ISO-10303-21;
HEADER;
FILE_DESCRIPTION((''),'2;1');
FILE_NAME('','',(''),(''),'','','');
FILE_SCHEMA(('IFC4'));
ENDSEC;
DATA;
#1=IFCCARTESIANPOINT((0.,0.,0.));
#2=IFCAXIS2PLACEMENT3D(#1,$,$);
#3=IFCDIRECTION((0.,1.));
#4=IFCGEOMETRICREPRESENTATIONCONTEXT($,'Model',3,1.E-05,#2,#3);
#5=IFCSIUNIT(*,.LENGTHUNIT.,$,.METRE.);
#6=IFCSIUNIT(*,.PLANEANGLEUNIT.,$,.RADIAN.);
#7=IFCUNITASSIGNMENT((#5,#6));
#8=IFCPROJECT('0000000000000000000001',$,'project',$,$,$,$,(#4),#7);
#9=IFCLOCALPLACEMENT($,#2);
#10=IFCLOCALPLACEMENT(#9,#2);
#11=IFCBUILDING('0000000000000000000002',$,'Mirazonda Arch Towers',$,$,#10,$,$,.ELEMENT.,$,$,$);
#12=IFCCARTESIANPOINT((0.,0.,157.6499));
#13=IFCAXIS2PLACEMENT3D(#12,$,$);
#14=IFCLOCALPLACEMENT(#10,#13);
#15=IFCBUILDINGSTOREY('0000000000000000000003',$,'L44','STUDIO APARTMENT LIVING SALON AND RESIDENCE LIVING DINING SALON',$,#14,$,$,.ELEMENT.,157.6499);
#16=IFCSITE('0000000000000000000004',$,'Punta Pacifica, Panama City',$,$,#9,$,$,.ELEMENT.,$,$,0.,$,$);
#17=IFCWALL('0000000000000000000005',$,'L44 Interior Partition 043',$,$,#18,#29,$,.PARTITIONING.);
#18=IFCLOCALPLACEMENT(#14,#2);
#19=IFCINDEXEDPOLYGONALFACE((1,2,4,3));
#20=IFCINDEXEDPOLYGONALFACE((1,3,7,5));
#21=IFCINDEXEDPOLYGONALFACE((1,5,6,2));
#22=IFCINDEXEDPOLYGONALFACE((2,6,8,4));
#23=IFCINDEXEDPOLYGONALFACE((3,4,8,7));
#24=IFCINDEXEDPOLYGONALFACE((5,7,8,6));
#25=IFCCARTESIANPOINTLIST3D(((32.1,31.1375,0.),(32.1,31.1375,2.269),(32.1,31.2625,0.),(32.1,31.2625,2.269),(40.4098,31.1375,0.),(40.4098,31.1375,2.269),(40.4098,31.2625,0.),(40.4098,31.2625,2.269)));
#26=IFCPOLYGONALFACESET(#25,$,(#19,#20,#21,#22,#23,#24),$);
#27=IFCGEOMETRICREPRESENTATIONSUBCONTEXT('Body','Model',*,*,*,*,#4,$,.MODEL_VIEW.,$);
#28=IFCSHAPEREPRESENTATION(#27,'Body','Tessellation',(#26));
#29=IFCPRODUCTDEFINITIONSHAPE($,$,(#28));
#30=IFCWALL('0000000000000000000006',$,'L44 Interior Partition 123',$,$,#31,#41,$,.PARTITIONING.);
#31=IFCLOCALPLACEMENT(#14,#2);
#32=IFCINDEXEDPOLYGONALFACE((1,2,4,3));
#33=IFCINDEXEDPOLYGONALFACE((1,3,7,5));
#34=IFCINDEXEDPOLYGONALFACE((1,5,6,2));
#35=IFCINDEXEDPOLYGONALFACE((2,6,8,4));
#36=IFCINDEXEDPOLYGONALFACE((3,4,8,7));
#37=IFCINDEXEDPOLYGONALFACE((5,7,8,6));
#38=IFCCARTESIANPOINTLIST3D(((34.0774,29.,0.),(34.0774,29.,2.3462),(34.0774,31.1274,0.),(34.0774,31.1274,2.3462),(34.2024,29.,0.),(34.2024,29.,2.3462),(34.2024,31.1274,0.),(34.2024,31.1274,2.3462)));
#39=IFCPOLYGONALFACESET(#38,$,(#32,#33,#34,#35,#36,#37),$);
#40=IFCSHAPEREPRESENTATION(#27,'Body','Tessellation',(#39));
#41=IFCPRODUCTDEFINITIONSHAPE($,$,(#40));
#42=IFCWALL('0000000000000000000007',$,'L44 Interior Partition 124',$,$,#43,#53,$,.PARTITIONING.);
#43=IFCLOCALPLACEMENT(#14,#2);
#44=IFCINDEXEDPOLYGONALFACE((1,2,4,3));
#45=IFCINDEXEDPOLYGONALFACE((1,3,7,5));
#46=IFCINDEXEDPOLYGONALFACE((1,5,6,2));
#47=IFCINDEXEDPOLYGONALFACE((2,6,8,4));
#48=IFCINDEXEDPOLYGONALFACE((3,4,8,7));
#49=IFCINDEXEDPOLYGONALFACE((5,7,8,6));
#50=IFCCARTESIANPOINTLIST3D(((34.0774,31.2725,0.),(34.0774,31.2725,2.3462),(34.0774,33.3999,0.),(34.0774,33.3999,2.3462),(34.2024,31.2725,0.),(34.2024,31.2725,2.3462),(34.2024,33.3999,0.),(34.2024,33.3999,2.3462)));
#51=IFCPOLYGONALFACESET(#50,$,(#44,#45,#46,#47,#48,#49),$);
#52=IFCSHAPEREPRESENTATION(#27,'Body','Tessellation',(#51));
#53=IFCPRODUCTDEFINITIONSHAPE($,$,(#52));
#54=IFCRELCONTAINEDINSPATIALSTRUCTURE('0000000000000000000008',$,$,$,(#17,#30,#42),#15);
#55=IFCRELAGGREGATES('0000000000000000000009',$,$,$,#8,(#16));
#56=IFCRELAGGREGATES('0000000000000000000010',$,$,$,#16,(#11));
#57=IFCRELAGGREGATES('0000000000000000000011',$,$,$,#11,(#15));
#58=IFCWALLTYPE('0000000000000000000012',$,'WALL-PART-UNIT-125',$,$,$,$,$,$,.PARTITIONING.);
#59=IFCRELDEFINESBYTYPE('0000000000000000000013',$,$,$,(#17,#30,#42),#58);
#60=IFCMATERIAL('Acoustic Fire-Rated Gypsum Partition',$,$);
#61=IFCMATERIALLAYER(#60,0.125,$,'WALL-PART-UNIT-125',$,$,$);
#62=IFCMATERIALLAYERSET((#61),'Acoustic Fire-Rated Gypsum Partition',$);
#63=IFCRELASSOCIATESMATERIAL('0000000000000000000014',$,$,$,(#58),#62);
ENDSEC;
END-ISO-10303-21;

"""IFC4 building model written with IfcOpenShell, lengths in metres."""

from ifc_helpers import new_model, si_unit, direction, frame, frame_2d, origin, place, context, subcontext, project, spatial, rectangle, extrude, material, layer, layer_set, type_object, element, save


model = new_model("IFC4")

# Units and contexts
model_context = context("Model", 3, precision=1e-05, world=origin(), true_north=direction((0.0, 1.0)))
body_context = subcontext(model_context, "Body", "Model", "MODEL_VIEW")
ifc_project = project(units=[si_unit("LENGTHUNIT", "METRE"), si_unit("PLANEANGLEUNIT", "RADIAN")], contexts=[model_context])

# Site, building, storey
site_placement = place(None, origin())
site = spatial("IfcSite", under=ifc_project, at=site_placement, Name="Punta Pacifica, Panama City", CompositionType="ELEMENT", RefElevation=0.0)
building_placement = place(site_placement, origin())
building = spatial("IfcBuilding", under=site, at=building_placement, Name="Mirazonda Arch Towers", CompositionType="ELEMENT")
storey_placement = place(building_placement, frame((0.0, 0.0, 157.6499)))
storey = spatial("IfcBuildingStorey", under=building, at=storey_placement, Name="L44", Description="STUDIO APARTMENT LIVING SALON AND RESIDENCE LIVING DINING SALON", CompositionType="ELEMENT", Elevation=157.6499)

# Walls
ifc_material_1 = material(Name="Acoustic Fire-Rated Gypsum Partition")
ifc_layer_1 = layer(ifc_material_1, 0.125, Name="WALL-PART-UNIT-125")
ifc_layer_set_1 = layer_set([ifc_layer_1], Name="Acoustic Fire-Rated Gypsum Partition")
wall_type_1 = type_object("IfcWallType", Name="WALL-PART-UNIT-125", PredefinedType="PARTITIONING", material=ifc_layer_set_1)
wall_1_placement = place(storey_placement, frame((32.1001, 31.2, 0.0), z_axis=(0.0, 0.0, 1.0), x_axis=(1.0, 0.0, 0.0)))
element("IfcWall", 1, at=wall_1_placement, inside=storey, type_object=wall_type_1, Name="L44 Interior Partition 043", PredefinedType="PARTITIONING", context=body_context, shape_type="SweptSolid", body=[
    extrude(rectangle(XDim=8.3098, YDim=0.125, at=frame_2d((4.1548, 0.0))), origin(), (0.0, 0.0, 1.0), 2.269),
])
for number, where, z_axis, x_axis, name in (
    (2, (34.1399, 29.0, 0.0), (0.0, 0.0, 1.0), (0.0, 1.0, 0.0), "L44 Interior Partition 123"),
    (3, (34.1399, 31.2725, 0.0), (0.0, 0.0, 1.0), (0.0, 1.0, 0.0), "L44 Interior Partition 124"),
):
    element("IfcWall", number, at=place(storey_placement, frame(where, z_axis=z_axis, x_axis=x_axis)), inside=storey, type_object=wall_type_1, Name=name, PredefinedType="PARTITIONING", context=body_context, shape_type="SweptSolid", body=[
        extrude(rectangle(XDim=2.1274, YDim=0.125, at=frame_2d((1.0637, 0.0))), origin(), (0.0, 0.0, 1.0), 2.3462),
    ])

save(model, "model.ifc")
